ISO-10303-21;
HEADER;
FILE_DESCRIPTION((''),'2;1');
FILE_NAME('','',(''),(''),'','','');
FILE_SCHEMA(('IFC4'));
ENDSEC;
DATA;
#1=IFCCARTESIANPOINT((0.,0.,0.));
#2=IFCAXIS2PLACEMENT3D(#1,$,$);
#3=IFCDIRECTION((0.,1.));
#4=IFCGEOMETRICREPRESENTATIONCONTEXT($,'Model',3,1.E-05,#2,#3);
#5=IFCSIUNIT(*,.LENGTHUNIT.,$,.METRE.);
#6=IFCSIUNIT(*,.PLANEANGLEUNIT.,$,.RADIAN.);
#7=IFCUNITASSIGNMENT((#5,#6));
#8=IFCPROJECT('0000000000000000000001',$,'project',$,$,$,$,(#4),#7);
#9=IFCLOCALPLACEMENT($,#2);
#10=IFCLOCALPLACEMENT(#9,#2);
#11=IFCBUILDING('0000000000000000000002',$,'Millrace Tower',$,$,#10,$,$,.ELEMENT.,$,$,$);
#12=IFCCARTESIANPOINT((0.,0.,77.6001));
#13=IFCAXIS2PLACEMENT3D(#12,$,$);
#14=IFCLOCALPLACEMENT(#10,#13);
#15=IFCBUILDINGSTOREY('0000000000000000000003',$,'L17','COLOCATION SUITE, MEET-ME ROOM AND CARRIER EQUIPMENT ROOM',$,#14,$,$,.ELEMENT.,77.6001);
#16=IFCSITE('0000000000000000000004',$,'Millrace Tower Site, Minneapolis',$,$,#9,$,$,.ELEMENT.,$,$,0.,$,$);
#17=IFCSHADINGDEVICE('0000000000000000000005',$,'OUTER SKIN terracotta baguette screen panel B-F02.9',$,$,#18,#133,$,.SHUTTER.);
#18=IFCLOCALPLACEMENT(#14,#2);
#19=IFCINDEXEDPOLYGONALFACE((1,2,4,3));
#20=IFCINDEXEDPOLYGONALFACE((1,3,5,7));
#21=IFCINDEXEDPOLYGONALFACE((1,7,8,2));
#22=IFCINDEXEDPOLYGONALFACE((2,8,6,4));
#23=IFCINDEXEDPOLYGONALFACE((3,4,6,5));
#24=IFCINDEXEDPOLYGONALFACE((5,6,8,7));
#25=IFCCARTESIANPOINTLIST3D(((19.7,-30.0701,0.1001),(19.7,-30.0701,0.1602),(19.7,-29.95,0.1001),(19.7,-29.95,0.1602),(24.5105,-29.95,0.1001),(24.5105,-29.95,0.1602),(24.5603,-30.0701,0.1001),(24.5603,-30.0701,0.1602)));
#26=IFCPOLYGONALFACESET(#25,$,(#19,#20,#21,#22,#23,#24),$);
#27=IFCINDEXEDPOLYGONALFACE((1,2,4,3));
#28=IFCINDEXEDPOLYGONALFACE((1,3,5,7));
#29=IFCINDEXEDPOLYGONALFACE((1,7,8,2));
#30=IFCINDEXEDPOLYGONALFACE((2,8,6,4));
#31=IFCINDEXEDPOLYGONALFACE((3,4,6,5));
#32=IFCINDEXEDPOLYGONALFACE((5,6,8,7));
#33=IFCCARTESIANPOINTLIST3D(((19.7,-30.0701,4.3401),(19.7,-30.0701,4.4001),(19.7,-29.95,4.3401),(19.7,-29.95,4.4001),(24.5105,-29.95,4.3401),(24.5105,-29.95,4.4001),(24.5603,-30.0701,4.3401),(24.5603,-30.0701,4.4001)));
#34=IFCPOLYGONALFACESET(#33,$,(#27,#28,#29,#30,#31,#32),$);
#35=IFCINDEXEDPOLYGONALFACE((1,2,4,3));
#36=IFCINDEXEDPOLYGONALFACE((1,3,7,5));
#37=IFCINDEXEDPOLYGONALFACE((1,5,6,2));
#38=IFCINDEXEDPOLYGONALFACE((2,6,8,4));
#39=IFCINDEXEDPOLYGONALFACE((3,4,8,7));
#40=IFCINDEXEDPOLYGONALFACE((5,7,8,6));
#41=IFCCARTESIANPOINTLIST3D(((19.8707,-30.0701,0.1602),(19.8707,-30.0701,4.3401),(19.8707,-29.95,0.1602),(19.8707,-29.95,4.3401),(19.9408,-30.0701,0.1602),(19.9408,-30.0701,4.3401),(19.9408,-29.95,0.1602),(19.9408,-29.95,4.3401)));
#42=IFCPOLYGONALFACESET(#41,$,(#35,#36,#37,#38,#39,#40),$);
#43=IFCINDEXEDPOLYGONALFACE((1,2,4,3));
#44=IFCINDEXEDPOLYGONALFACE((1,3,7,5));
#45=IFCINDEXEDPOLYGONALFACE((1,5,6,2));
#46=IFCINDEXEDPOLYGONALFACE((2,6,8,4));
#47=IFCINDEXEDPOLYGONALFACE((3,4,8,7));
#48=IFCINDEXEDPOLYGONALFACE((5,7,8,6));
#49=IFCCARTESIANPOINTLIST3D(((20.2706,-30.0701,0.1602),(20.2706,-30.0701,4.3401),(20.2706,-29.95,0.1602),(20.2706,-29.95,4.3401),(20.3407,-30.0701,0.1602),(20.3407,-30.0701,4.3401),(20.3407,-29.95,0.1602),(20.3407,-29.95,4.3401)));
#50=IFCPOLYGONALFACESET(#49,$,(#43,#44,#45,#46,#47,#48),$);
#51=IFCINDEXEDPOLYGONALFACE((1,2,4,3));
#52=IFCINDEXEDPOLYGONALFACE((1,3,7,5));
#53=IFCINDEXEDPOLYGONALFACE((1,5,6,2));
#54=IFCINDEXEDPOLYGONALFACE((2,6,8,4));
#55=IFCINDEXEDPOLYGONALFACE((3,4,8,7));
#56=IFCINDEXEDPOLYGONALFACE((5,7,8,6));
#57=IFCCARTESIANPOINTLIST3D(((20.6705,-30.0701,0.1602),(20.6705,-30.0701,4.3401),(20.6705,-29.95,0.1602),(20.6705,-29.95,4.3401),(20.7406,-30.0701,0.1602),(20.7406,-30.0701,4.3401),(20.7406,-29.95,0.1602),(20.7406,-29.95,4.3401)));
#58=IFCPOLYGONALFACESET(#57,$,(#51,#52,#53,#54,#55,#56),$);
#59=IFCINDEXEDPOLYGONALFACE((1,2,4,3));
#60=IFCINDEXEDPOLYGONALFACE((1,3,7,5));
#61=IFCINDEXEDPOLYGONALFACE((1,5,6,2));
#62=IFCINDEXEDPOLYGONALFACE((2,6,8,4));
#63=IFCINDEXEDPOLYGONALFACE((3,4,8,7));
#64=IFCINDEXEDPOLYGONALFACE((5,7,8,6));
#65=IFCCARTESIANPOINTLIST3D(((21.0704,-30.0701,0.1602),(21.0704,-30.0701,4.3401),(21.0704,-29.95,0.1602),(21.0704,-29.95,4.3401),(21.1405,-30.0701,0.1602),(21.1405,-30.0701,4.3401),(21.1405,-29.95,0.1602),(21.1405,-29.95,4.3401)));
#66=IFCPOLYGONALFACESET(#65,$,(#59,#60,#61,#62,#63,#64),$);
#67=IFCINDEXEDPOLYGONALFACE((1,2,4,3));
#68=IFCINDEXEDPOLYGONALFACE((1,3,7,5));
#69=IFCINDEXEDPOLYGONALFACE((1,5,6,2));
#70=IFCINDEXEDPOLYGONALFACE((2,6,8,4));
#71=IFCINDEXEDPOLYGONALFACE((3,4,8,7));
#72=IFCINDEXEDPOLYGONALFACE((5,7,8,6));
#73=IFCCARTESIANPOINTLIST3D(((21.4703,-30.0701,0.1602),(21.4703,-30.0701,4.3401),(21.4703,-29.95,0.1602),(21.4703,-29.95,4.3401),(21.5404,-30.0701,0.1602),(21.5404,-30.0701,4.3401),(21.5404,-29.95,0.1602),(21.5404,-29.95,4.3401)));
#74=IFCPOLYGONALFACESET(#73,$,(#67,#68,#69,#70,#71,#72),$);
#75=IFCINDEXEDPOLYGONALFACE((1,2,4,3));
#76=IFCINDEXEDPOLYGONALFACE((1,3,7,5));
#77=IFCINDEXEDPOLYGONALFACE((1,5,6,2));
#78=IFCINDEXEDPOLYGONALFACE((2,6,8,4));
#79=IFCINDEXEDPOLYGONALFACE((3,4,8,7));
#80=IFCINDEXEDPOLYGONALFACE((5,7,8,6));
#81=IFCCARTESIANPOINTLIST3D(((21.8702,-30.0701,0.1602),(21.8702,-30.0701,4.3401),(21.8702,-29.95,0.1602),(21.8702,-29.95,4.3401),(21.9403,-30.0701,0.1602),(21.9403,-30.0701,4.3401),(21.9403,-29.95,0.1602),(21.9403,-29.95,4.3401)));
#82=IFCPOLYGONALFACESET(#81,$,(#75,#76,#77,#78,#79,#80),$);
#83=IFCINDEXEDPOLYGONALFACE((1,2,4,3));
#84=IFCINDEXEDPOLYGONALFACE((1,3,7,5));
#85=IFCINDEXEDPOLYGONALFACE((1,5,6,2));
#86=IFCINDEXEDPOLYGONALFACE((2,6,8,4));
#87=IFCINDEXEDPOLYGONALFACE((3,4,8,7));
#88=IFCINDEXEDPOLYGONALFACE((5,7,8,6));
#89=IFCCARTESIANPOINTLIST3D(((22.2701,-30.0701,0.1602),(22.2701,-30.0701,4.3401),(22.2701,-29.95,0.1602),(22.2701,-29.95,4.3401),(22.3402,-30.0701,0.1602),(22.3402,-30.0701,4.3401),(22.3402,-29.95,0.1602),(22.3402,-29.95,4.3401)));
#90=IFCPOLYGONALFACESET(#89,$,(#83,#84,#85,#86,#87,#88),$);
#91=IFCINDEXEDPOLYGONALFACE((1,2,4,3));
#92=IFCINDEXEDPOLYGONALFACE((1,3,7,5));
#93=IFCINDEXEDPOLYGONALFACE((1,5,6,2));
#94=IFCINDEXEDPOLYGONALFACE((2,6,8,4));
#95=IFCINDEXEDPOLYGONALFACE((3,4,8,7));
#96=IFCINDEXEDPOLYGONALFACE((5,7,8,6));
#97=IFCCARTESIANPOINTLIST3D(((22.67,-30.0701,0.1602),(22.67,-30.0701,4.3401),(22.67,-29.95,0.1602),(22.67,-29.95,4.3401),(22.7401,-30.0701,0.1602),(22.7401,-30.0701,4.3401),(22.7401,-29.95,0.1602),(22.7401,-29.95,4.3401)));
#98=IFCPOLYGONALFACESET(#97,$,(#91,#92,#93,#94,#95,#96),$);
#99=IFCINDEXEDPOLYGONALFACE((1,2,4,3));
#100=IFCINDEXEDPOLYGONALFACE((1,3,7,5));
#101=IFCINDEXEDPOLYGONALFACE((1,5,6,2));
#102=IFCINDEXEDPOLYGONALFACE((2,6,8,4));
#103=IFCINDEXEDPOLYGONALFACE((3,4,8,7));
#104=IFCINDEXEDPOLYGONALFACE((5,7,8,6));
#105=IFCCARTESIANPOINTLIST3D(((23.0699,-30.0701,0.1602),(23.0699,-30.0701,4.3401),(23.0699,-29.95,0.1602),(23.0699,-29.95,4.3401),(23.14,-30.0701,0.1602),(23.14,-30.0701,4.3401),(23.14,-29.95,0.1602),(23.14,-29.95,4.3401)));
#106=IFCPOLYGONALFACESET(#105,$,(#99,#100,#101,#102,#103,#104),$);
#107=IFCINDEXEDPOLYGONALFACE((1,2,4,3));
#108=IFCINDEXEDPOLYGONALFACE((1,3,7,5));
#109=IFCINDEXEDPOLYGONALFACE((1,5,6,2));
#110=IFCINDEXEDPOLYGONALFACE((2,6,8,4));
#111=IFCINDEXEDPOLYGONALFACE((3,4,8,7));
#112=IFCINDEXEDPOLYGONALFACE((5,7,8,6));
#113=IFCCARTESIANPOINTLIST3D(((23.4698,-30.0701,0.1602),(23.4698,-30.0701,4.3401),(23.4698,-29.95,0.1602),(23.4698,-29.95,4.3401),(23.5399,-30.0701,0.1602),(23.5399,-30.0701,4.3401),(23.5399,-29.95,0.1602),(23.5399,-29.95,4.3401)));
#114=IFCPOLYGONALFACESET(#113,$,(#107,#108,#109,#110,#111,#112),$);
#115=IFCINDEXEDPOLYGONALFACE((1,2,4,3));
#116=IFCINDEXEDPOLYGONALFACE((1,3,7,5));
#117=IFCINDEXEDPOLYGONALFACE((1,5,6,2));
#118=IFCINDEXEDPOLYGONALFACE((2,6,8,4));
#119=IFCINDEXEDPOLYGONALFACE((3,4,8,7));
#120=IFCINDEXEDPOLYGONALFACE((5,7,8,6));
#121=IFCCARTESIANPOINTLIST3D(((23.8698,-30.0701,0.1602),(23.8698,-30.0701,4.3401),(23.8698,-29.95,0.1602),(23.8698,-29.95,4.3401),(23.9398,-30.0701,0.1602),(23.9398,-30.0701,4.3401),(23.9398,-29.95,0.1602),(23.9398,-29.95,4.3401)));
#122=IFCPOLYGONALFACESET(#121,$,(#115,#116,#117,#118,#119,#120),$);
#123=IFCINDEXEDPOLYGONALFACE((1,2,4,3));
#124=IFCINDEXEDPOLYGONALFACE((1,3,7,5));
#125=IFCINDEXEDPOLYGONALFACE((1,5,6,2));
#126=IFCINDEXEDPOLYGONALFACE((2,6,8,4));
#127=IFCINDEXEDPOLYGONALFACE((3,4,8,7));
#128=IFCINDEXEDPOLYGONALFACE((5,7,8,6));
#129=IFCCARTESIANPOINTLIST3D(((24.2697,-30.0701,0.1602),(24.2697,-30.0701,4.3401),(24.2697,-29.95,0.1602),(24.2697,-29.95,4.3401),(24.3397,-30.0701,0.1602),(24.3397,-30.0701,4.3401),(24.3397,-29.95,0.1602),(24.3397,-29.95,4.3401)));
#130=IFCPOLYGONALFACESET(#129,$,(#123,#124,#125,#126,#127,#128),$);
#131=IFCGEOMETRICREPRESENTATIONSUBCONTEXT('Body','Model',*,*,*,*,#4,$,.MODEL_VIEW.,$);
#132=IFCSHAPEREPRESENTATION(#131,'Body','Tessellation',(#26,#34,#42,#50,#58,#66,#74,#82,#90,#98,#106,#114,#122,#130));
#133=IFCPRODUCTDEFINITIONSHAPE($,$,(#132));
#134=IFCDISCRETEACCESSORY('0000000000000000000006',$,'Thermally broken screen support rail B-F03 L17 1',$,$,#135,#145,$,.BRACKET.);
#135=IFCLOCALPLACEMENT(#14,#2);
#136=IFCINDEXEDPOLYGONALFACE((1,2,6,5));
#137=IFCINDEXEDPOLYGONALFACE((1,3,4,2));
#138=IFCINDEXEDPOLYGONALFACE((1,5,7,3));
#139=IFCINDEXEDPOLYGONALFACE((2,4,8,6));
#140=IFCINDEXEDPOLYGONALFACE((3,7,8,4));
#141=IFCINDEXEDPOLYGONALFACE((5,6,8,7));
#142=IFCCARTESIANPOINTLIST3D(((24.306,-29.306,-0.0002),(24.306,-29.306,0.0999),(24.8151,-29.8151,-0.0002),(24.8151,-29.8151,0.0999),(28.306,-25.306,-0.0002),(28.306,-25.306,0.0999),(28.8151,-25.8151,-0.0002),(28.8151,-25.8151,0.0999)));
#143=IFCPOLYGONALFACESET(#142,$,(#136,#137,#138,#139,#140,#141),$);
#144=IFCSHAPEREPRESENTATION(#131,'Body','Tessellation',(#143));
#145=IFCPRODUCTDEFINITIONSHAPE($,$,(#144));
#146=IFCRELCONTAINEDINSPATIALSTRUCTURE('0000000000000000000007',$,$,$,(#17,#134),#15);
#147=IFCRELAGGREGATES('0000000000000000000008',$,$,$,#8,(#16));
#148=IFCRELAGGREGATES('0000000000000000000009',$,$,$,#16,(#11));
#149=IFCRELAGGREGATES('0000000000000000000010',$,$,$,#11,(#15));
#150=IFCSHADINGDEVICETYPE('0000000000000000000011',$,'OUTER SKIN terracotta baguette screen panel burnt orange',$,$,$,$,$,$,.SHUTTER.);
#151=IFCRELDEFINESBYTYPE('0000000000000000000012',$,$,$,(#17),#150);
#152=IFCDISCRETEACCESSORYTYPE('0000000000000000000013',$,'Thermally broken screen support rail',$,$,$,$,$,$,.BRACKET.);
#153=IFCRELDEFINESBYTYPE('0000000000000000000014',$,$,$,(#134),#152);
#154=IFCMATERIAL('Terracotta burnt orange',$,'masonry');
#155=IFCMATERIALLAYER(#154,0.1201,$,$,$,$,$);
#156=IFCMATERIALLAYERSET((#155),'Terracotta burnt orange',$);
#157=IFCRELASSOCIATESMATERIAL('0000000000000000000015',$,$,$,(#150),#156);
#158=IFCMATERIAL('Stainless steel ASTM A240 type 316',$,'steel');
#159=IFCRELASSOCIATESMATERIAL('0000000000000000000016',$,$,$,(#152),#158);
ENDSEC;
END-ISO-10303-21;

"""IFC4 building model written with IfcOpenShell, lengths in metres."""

from ifc_helpers import new_model, entity, si_unit, direction, frame, frame_2d, origin, origin_2d, place, context, subcontext, project, spatial, rectangle, extrude, source, transform, mapped, material, layer, layer_set, type_object, element, save


model = new_model("IFC4")

# Units and contexts
model_context = context("Model", 3, precision=1e-05, world=origin(), true_north=direction((0.0, 1.0)))
body_context = subcontext(model_context, "Body", "Model", "MODEL_VIEW")
ifc_project = project(units=[si_unit("LENGTHUNIT", "METRE"), si_unit("PLANEANGLEUNIT", "RADIAN")], contexts=[model_context])

# Site, building, storey
site_placement = place(None, origin())
site = spatial("IfcSite", under=ifc_project, at=site_placement, Name="Millrace Tower Site, Minneapolis", CompositionType="ELEMENT", RefElevation=0.0)
building_placement = place(site_placement, origin())
building = spatial("IfcBuilding", under=site, at=building_placement, Name="Millrace Tower", CompositionType="ELEMENT")
storey_placement = place(building_placement, frame((0.0, 0.0, 77.6001)))
storey = spatial("IfcBuildingStorey", under=building, at=storey_placement, Name="L17", Description="COLOCATION SUITE, MEET-ME ROOM AND CARRIER EQUIPMENT ROOM", CompositionType="ELEMENT", Elevation=77.6001)

# Shading device
ifc_material_1 = material(Name="Terracotta burnt orange", Category="masonry")
ifc_layer_1 = layer(ifc_material_1, 0.1201)
ifc_layer_set_1 = layer_set([ifc_layer_1], Name="Terracotta burnt orange")
shading_device_type = type_object("IfcShadingDeviceType", Name="OUTER SKIN terracotta baguette screen panel burnt orange", PredefinedType="SHUTTER", material=ifc_layer_set_1)
cartesian_point_1 = entity("IfcCartesianPoint", [-2.4177, 0.0601])
shared_polyline_1 = entity("IfcPolyline", [cartesian_point_1, entity("IfcCartesianPoint", [2.3928, 0.0601]), entity("IfcCartesianPoint", [2.4426, -0.0601]), entity("IfcCartesianPoint", [-2.4177, -0.0601]), cartesian_point_1])
shared_shape_1 = source(origin(), body_context, "Body", "SweptSolid", [
    entity("IfcExtrudedAreaSolid", entity("IfcArbitraryClosedProfileDef", "AREA", None, shared_polyline_1), entity("IfcAxis2Placement3D", entity("IfcCartesianPoint", [0.0, 0.0, 0.0])), entity("IfcDirection", [0.0, 0.0, 1.0]), 0.0601),
    entity("IfcExtrudedAreaSolid", entity("IfcArbitraryClosedProfileDef", "AREA", None, shared_polyline_1), entity("IfcAxis2Placement3D", entity("IfcCartesianPoint", [0.0, 0.0, 4.24])), entity("IfcDirection", [0.0, 0.0, 1.0]), 0.0601),
    extrude(rectangle(XDim=0.0701, YDim=0.1201, at=frame_2d((-2.2119, 0.0))), frame((0.0, 0.0, 0.0601)), (0.0, 0.0, 1.0), 4.1799),
    extrude(rectangle(XDim=0.0701, YDim=0.1201, at=frame_2d((-1.812, 0.0))), frame((0.0, 0.0, 0.0601)), (0.0, 0.0, 1.0), 4.1799),
    extrude(rectangle(XDim=0.0701, YDim=0.1201, at=frame_2d((-1.4121, 0.0))), frame((0.0, 0.0, 0.0601)), (0.0, 0.0, 1.0), 4.1799),
    extrude(rectangle(XDim=0.0701, YDim=0.1201, at=frame_2d((-1.0122, 0.0))), frame((0.0, 0.0, 0.0601)), (0.0, 0.0, 1.0), 4.1799),
    extrude(rectangle(XDim=0.0701, YDim=0.1201, at=frame_2d((-0.6123, 0.0))), frame((0.0, 0.0, 0.0601)), (0.0, 0.0, 1.0), 4.1799),
    extrude(rectangle(XDim=0.0701, YDim=0.1201, at=frame_2d((-0.2124, 0.0))), frame((0.0, 0.0, 0.0601)), (0.0, 0.0, 1.0), 4.1799),
    extrude(rectangle(XDim=0.0701, YDim=0.1201, at=frame_2d((0.1875, 0.0))), frame((0.0, 0.0, 0.0601)), (0.0, 0.0, 1.0), 4.1799),
    extrude(rectangle(XDim=0.0701, YDim=0.1201, at=frame_2d((0.5874, 0.0))), frame((0.0, 0.0, 0.0601)), (0.0, 0.0, 1.0), 4.1799),
    extrude(rectangle(XDim=0.0701, YDim=0.1201, at=frame_2d((0.9873, 0.0))), frame((0.0, 0.0, 0.0601)), (0.0, 0.0, 1.0), 4.1799),
    extrude(rectangle(XDim=0.0701, YDim=0.1201, at=frame_2d((1.3872, 0.0))), frame((0.0, 0.0, 0.0601)), (0.0, 0.0, 1.0), 4.1799),
    extrude(rectangle(XDim=0.0701, YDim=0.1201, at=frame_2d((1.7871, 0.0))), frame((0.0, 0.0, 0.0601)), (0.0, 0.0, 1.0), 4.1799),
    extrude(rectangle(XDim=0.0701, YDim=0.1201, at=frame_2d((2.187, 0.0))), frame((0.0, 0.0, 0.0601)), (0.0, 0.0, 1.0), 4.1799),
])
shading_device_1_placement = place(storey_placement, frame((22.1177, -30.01, 0.1001), z_axis=(0.0, 0.0, 1.0), x_axis=(1.0, 0.0, 0.0)))
element("IfcShadingDevice", 1, at=shading_device_1_placement, inside=storey, type_object=shading_device_type, Name="OUTER SKIN terracotta baguette screen panel B-F02.9", PredefinedType="SHUTTER", context=body_context, shape_type="MappedRepresentation", body=[
    mapped(shared_shape_1, transform((0.0, 0.0, 0.0), scale=1.0)),
])

# Discrete accessory
ifc_material_2 = material(Name="Stainless steel ASTM A240 type 316", Category="steel")
discrete_accessory_type = type_object("IfcDiscreteAccessoryType", Name="Thermally broken screen support rail", PredefinedType="BRACKET", material=ifc_material_2)
discrete_accessory_placement = place(storey_placement, frame((26.5605, -27.5605, -0.0002), z_axis=(0.0, 0.0, 1.0), x_axis=(0.707107, 0.707107, 0.0)))
element("IfcDiscreteAccessory", 2, at=discrete_accessory_placement, inside=storey, type_object=discrete_accessory_type, Name="Thermally broken screen support rail B-F03 L17 1", PredefinedType="BRACKET", context=body_context, shape_type="SweptSolid", body=[
    extrude(rectangle(XDim=5.6567, YDim=0.72, at=origin_2d()), origin(), (0.0, 0.0, 1.0), 0.1001),
])

save(model, "model.ifc")
